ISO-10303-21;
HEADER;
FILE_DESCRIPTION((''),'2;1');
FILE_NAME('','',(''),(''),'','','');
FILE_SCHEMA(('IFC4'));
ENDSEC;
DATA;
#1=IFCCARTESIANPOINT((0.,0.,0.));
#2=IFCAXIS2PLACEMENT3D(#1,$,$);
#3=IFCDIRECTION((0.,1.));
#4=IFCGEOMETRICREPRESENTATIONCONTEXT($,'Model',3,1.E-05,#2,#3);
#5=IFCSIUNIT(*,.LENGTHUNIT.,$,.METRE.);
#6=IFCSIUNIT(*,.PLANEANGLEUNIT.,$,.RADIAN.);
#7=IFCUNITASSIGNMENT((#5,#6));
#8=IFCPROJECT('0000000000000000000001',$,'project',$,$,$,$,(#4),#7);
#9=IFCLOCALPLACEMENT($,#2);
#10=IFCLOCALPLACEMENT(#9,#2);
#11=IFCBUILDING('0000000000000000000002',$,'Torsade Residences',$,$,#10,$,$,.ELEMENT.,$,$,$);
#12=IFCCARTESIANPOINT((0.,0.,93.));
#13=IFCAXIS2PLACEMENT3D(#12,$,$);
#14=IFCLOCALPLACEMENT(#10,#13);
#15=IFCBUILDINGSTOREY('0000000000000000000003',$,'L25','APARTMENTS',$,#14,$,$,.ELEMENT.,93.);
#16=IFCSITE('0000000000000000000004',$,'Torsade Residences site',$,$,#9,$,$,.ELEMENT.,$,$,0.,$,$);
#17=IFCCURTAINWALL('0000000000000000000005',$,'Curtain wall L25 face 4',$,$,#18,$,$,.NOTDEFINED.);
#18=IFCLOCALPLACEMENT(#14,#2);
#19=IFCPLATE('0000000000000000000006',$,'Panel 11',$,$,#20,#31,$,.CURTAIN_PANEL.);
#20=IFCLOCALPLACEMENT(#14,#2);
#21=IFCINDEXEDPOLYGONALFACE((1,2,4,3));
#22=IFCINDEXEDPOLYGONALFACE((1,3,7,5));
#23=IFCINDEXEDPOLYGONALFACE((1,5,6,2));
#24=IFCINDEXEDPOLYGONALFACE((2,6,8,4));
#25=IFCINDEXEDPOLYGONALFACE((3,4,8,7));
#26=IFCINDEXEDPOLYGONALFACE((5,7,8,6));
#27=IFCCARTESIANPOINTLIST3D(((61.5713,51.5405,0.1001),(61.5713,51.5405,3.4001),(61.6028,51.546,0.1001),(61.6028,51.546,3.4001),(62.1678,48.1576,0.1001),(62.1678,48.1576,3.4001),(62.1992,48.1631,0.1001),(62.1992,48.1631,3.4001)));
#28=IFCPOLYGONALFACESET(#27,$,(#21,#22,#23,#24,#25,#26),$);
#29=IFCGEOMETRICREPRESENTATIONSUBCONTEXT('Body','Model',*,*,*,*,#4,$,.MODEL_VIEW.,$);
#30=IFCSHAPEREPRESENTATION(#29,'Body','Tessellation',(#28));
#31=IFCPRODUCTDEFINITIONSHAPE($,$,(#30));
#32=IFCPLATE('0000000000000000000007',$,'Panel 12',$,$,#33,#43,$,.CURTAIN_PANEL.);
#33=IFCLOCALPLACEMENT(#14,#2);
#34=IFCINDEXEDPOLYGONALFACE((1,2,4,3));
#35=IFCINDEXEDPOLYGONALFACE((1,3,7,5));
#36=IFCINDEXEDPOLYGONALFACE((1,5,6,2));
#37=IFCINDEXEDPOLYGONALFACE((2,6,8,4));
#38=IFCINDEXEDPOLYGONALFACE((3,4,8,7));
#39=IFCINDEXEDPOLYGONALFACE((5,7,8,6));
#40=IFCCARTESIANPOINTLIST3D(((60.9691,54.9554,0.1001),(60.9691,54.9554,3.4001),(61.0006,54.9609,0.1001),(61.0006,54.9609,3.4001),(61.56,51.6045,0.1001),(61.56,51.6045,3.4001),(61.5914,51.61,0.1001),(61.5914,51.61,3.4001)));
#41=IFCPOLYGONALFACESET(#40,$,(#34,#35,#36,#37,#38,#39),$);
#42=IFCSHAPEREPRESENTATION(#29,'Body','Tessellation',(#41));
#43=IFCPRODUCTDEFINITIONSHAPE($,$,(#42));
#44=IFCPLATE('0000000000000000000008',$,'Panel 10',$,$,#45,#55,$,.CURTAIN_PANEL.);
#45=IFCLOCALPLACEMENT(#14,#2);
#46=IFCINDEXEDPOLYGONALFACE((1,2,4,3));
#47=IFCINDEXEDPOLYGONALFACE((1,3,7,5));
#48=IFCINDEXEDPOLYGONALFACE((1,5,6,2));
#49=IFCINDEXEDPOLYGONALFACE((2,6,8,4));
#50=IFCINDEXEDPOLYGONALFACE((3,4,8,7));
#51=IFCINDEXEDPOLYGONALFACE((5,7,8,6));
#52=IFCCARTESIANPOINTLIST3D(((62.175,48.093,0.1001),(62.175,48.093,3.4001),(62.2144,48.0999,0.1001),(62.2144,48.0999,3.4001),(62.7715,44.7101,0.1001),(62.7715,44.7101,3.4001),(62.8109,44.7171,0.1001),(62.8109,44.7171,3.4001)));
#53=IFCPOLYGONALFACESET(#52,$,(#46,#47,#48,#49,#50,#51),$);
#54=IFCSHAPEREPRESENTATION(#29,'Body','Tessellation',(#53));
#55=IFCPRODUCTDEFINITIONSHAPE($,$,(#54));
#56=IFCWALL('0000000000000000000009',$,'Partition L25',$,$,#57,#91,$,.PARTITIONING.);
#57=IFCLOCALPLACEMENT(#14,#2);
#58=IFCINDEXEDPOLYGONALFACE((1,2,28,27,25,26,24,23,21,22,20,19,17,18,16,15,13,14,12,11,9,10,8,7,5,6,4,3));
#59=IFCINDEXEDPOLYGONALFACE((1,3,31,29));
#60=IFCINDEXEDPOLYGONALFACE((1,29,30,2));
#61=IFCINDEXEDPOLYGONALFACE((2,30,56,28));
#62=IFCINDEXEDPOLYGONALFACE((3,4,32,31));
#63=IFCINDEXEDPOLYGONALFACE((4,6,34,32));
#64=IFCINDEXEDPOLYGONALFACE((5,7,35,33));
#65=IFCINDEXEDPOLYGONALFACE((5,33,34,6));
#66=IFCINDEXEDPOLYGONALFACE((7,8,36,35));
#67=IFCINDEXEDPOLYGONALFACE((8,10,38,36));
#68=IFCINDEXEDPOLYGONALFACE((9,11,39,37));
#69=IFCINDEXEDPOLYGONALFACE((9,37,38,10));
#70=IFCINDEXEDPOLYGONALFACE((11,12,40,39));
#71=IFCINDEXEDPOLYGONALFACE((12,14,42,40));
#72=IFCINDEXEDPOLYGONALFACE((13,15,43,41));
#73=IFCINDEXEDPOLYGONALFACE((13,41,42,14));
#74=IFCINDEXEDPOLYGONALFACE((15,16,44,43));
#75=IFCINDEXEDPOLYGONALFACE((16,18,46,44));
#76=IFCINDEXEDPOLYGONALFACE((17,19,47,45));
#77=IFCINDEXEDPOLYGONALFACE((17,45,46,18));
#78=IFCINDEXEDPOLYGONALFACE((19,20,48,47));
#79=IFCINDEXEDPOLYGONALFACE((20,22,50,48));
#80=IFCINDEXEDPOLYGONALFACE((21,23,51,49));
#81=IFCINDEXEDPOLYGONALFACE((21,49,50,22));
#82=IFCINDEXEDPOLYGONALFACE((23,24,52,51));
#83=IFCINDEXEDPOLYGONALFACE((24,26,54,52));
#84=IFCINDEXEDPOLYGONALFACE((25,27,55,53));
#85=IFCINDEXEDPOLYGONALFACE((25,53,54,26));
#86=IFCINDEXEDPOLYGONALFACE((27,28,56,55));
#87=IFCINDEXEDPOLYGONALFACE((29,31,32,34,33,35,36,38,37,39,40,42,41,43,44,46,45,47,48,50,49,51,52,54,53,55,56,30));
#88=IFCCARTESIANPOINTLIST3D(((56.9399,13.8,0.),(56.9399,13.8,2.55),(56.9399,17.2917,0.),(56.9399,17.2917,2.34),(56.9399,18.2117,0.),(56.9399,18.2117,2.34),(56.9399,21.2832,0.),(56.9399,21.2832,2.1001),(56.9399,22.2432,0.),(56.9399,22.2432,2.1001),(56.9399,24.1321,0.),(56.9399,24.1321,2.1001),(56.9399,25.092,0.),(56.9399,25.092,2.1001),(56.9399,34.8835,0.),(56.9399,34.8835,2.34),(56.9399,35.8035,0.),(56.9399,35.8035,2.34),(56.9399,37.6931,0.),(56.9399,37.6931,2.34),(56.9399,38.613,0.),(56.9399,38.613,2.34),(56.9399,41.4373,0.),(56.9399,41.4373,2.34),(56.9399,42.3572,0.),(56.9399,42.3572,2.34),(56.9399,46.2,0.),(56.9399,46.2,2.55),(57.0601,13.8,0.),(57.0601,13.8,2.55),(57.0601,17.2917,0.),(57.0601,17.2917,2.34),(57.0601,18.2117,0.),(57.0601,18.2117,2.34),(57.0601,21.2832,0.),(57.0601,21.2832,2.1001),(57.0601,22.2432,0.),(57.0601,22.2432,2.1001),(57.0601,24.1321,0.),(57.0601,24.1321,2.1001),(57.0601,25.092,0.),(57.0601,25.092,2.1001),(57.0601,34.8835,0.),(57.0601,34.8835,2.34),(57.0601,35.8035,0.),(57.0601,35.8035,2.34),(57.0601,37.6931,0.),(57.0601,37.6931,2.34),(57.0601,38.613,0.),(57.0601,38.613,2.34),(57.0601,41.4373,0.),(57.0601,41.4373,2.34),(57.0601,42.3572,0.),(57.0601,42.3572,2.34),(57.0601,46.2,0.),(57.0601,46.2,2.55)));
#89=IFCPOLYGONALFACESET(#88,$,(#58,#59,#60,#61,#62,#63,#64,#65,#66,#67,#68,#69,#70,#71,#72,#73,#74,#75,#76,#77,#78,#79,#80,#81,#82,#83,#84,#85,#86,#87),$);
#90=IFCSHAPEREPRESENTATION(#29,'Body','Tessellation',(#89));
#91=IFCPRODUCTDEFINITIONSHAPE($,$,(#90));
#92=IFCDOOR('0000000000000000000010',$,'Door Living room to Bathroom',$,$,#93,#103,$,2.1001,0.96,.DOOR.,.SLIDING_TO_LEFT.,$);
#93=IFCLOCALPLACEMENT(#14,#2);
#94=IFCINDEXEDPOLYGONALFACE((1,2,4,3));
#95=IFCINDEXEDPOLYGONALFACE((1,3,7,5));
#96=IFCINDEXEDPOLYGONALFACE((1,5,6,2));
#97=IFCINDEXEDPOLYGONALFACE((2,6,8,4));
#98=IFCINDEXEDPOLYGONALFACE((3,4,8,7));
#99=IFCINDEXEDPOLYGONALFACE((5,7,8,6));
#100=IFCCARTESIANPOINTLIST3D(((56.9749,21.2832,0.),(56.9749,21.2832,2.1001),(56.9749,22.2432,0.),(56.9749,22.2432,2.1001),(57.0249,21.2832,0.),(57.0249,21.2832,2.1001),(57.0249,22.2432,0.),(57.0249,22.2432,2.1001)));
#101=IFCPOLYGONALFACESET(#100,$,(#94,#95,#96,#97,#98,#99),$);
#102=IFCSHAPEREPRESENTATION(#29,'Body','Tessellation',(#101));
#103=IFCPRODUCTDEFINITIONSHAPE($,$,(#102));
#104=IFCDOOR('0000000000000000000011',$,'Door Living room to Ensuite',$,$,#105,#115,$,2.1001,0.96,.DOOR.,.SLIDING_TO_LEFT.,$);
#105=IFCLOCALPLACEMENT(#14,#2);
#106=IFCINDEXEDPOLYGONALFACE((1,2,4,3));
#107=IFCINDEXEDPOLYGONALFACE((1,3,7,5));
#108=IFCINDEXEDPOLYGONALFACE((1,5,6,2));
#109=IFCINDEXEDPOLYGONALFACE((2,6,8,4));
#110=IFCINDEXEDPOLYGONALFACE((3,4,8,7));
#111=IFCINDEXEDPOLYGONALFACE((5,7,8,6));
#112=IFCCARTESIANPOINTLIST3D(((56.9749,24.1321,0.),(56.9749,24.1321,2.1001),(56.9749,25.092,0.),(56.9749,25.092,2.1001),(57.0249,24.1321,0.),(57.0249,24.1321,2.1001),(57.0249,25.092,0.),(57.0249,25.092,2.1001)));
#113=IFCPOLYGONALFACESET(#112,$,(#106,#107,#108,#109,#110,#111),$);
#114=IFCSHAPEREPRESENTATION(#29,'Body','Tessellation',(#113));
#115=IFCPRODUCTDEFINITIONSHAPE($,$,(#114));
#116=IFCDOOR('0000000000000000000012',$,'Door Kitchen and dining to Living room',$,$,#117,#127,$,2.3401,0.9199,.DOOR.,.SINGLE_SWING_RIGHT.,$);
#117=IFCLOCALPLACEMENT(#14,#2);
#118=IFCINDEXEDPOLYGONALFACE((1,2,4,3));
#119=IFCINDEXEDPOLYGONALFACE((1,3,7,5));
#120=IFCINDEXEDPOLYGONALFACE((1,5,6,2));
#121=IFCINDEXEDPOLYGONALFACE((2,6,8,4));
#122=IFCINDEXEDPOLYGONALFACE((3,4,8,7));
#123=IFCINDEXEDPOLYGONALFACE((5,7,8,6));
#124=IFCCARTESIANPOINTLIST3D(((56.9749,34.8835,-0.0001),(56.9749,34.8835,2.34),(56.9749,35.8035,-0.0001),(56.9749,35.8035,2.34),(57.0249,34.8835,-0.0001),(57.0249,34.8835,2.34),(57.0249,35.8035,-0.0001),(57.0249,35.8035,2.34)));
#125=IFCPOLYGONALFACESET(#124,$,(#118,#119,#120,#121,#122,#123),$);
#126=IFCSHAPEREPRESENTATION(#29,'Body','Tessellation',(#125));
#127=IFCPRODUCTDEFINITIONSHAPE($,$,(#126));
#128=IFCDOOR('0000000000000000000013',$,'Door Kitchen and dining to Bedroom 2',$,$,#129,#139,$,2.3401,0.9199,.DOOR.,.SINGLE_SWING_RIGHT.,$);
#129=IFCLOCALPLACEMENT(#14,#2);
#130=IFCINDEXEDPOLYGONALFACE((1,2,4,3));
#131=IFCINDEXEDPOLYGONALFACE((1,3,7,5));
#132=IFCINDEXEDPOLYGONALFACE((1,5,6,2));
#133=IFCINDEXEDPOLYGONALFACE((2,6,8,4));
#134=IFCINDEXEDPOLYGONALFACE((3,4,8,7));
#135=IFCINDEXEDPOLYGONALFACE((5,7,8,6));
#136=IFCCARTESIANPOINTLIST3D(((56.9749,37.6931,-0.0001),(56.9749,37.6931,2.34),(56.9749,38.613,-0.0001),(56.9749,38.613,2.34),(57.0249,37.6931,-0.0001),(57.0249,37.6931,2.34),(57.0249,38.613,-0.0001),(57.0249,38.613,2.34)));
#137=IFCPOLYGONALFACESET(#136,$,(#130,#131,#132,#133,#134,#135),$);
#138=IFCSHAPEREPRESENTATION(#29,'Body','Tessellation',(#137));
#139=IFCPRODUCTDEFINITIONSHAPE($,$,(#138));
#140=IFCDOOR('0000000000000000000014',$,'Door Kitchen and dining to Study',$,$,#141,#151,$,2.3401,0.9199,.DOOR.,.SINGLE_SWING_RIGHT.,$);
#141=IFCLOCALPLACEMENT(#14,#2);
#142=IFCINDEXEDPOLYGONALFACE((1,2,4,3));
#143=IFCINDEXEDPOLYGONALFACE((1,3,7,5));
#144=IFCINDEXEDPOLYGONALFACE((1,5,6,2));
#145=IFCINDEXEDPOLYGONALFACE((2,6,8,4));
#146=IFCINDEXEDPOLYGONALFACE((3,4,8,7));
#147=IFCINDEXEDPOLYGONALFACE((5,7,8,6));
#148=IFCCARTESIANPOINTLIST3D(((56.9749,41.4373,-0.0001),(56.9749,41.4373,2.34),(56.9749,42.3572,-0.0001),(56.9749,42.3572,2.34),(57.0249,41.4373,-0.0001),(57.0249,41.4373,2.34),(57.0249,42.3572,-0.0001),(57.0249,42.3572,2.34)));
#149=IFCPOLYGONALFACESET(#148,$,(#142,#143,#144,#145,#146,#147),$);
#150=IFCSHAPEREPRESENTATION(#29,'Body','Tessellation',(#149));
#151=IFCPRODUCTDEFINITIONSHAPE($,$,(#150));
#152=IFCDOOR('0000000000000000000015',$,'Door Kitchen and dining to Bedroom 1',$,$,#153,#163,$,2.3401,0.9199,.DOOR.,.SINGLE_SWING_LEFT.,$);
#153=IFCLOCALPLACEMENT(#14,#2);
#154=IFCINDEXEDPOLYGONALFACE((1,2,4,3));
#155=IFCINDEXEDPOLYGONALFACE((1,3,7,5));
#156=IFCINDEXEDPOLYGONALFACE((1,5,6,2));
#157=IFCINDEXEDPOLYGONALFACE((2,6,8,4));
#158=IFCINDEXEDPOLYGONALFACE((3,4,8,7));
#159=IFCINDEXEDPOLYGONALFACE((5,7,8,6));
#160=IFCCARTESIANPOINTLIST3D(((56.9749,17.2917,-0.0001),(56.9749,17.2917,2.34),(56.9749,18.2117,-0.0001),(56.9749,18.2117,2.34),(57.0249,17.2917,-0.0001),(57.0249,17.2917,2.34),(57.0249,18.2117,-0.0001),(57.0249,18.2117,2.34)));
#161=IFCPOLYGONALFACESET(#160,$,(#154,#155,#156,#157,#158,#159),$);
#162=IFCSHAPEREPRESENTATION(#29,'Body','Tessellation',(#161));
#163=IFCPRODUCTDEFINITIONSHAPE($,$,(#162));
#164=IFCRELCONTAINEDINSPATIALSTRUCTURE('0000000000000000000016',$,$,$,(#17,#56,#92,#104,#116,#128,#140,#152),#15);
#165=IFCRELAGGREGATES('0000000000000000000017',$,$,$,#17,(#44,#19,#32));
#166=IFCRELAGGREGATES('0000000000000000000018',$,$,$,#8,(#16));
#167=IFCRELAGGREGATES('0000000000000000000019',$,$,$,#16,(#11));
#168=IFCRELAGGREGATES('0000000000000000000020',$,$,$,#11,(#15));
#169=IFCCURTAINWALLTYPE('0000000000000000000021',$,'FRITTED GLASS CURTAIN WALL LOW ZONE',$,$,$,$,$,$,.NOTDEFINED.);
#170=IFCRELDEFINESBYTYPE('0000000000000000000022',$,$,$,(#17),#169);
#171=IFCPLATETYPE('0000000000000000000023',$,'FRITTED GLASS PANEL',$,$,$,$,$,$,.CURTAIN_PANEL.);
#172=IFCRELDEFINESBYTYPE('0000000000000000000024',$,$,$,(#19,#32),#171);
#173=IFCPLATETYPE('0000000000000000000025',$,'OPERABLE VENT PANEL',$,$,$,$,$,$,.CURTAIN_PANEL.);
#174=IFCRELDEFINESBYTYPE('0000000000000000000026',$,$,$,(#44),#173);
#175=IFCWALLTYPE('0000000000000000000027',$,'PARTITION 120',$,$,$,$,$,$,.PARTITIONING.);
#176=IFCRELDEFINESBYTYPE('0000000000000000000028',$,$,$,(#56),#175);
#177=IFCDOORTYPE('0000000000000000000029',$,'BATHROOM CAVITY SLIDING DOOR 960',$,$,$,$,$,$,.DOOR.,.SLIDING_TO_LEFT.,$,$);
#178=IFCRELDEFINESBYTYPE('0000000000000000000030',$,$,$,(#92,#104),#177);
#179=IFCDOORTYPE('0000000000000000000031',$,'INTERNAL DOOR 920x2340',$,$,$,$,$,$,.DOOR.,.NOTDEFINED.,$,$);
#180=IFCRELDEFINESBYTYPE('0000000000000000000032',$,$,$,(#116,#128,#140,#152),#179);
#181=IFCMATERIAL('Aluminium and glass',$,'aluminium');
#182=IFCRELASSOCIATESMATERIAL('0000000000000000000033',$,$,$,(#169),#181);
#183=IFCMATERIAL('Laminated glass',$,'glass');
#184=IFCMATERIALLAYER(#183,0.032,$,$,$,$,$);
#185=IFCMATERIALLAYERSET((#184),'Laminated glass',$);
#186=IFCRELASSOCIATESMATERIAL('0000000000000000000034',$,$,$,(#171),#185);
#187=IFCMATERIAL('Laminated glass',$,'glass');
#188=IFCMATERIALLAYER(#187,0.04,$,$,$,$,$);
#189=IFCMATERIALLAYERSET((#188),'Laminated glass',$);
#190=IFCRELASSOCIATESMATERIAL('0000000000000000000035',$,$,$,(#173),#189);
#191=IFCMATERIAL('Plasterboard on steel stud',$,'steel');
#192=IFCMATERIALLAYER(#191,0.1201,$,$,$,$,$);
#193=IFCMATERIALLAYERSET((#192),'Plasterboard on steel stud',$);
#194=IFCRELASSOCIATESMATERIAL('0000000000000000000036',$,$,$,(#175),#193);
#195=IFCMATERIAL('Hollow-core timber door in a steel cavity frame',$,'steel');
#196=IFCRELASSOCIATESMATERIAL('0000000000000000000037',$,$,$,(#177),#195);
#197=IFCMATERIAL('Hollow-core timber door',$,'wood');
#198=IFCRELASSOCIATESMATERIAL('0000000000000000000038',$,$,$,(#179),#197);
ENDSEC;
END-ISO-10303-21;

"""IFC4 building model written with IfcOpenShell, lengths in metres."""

from ifc_helpers import new_model, si_unit, direction, frame, frame_2d, origin, origin_2d, place, context, subcontext, project, spatial, rectangle, extrude, material, layer, layer_set, type_object, element, fill, aggregate, save


model = new_model("IFC4")

# Units and contexts
model_context = context("Model", 3, precision=1e-05, world=origin(), true_north=direction((0.0, 1.0)))
body_context = subcontext(model_context, "Body", "Model", "MODEL_VIEW")
ifc_project = project(units=[si_unit("LENGTHUNIT", "METRE"), si_unit("PLANEANGLEUNIT", "RADIAN")], contexts=[model_context])

# Site, building, storey
site_placement = place(None, origin())
site = spatial("IfcSite", under=ifc_project, at=site_placement, Name="Torsade Residences site", CompositionType="ELEMENT", RefElevation=0.0)
building_placement = place(site_placement, origin())
building = spatial("IfcBuilding", under=site, at=building_placement, Name="Torsade Residences", CompositionType="ELEMENT")
storey_placement = place(building_placement, frame((0.0, 0.0, 93.0)))
storey = spatial("IfcBuildingStorey", under=building, at=storey_placement, Name="L25", Description="APARTMENTS", CompositionType="ELEMENT", Elevation=93.0)

# Curtain wall
ifc_material_1 = material(Name="Aluminium and glass", Category="aluminium")
curtain_wall_type = type_object("IfcCurtainWallType", Name="FRITTED GLASS CURTAIN WALL LOW ZONE", PredefinedType="NOTDEFINED", material=ifc_material_1)
curtain_wall_placement = place(storey_placement, origin())
curtain_wall = element("IfcCurtainWall", 1, at=curtain_wall_placement, inside=storey, type_object=curtain_wall_type, Name="Curtain wall L25 face 4", PredefinedType="NOTDEFINED")

# Plates
ifc_material_2 = material(Name="Laminated glass", Category="glass")
ifc_layer_1 = layer(ifc_material_2, 0.032)
ifc_layer_set_1 = layer_set([ifc_layer_1], Name="Laminated glass")
plate_type_1 = type_object("IfcPlateType", Name="FRITTED GLASS PANEL", PredefinedType="CURTAIN_PANEL", material=ifc_layer_set_1)
plate_1_placement = place(storey_placement, frame((61.8853, 49.8518, 0.1001), z_axis=(0.0, 0.0, 1.0), x_axis=(-0.173648, 0.984808, 0.0)))
plate_1 = element("IfcPlate", 2, at=plate_1_placement, type_object=plate_type_1, Name="Panel 11", PredefinedType="CURTAIN_PANEL", context=body_context, shape_type="SweptSolid", body=[
    extrude(rectangle(XDim=3.4351, YDim=0.032, at=origin_2d()), origin(), (0.0, 0.0, 1.0), 3.3),
])
plate_2_placement = place(storey_placement, frame((61.2803, 53.2827, 0.1001), z_axis=(0.0, 0.0, 1.0), x_axis=(-0.173648, 0.984808, 0.0)))
plate_2 = element("IfcPlate", 3, at=plate_2_placement, type_object=plate_type_1, Name="Panel 12", PredefinedType="CURTAIN_PANEL", context=body_context, shape_type="SweptSolid", body=[
    extrude(rectangle(XDim=3.4026, YDim=0.032, at=origin_2d()), origin(), (0.0, 0.0, 1.0), 3.3),
])
ifc_material_3 = material(Name="Laminated glass", Category="glass")
ifc_layer_2 = layer(ifc_material_3, 0.04)
ifc_layer_set_2 = layer_set([ifc_layer_2], Name="Laminated glass")
plate_type_2 = type_object("IfcPlateType", Name="OPERABLE VENT PANEL", PredefinedType="CURTAIN_PANEL", material=ifc_layer_set_2)
plate_3_placement = place(storey_placement, frame((62.4929, 46.405, 0.1001), z_axis=(0.0, 0.0, 1.0), x_axis=(-0.173648, 0.984808, 0.0)))
plate_3 = element("IfcPlate", 4, at=plate_3_placement, type_object=plate_type_2, Name="Panel 10", PredefinedType="CURTAIN_PANEL", context=body_context, shape_type="SweptSolid", body=[
    extrude(rectangle(XDim=3.4351, YDim=0.04, at=origin_2d()), origin(), (0.0, 0.0, 1.0), 3.3),
])
aggregate(curtain_wall, [plate_3, plate_1, plate_2])

# Wall, openings, doors
ifc_material_4 = material(Name="Plasterboard on steel stud", Category="steel")
ifc_layer_3 = layer(ifc_material_4, 0.1201)
ifc_layer_set_3 = layer_set([ifc_layer_3], Name="Plasterboard on steel stud")
wall_type = type_object("IfcWallType", Name="PARTITION 120", PredefinedType="PARTITIONING", material=ifc_layer_set_3)
wall_1_placement = place(storey_placement, frame((57.0, 46.2, 0.0), z_axis=(0.0, 0.0, 1.0), x_axis=(0.0, -1.0, 0.0)))
wall_1 = element("IfcWall", 5, at=wall_1_placement, inside=storey, type_object=wall_type, Name="Partition L25", PredefinedType="PARTITIONING", context=body_context, shape_type="SweptSolid", body=[
    extrude(rectangle(XDim=32.3999, YDim=0.1201, at=frame_2d((16.2, 0.0))), origin(), (0.0, 0.0, 1.0), 2.55),
])
opening_1_placement = place(wall_1_placement, frame((10.3965, 0.0, 0.0)))
opening_1 = element("IfcOpeningElement", 6, at=opening_1_placement, cuts=wall_1, PredefinedType="OPENING", context=body_context, shape_type="SweptSolid", body=[
    extrude(rectangle(XDim=0.9199, YDim=2.3401, at=frame_2d((0.46, 1.1699))), frame((0.0, 0.0701, 0.0), z_axis=(0.0, -1.0, 0.0), x_axis=(1.0, 0.0, 0.0)), (0.0, 0.0, 1.0), 0.1401),
])
opening_2_placement = place(wall_1_placement, frame((7.5869, 0.0, 0.0)))
opening_2 = element("IfcOpeningElement", 7, at=opening_2_placement, cuts=wall_1, PredefinedType="OPENING", context=body_context, shape_type="SweptSolid", body=[
    extrude(rectangle(XDim=0.9199, YDim=2.3401, at=frame_2d((0.46, 1.1699))), frame((0.0, 0.0701, 0.0), z_axis=(0.0, -1.0, 0.0), x_axis=(1.0, 0.0, 0.0)), (0.0, 0.0, 1.0), 0.1401),
])
opening_3_placement = place(wall_1_placement, frame((3.8428, 0.0, 0.0)))
opening_3 = element("IfcOpeningElement", 8, at=opening_3_placement, cuts=wall_1, PredefinedType="OPENING", context=body_context, shape_type="SweptSolid", body=[
    extrude(rectangle(XDim=0.9199, YDim=2.3401, at=frame_2d((0.46, 1.1699))), frame((0.0, 0.0701, 0.0), z_axis=(0.0, -1.0, 0.0), x_axis=(1.0, 0.0, 0.0)), (0.0, 0.0, 1.0), 0.1401),
])
opening_4_placement = place(wall_1_placement, frame((27.9883, 0.0, 0.0)))
opening_4 = element("IfcOpeningElement", 9, at=opening_4_placement, cuts=wall_1, PredefinedType="OPENING", context=body_context, shape_type="SweptSolid", body=[
    extrude(rectangle(XDim=0.9199, YDim=2.3401, at=frame_2d((0.46, 1.1699))), frame((0.0, 0.0701, 0.0), z_axis=(0.0, -1.0, 0.0), x_axis=(1.0, 0.0, 0.0)), (0.0, 0.0, 1.0), 0.1401),
])
opening_5_placement = place(wall_1_placement, frame((23.9568, 0.0, 0.0)))
opening_5 = element("IfcOpeningElement", 10, at=opening_5_placement, cuts=wall_1, PredefinedType="OPENING", context=body_context, shape_type="SweptSolid", body=[
    extrude(rectangle(XDim=0.96, YDim=2.1001, at=frame_2d((0.48, 1.05))), frame((0.0, 0.0701, 0.0), z_axis=(0.0, -1.0, 0.0), x_axis=(1.0, 0.0, 0.0)), (0.0, 0.0, 1.0), 0.1401),
])
opening_6_placement = place(wall_1_placement, frame((21.1079, 0.0, 0.0)))
opening_6 = element("IfcOpeningElement", 11, at=opening_6_placement, cuts=wall_1, PredefinedType="OPENING", context=body_context, shape_type="SweptSolid", body=[
    extrude(rectangle(XDim=0.96, YDim=2.1001, at=frame_2d((0.48, 1.05))), frame((0.0, 0.0701, 0.0), z_axis=(0.0, -1.0, 0.0), x_axis=(1.0, 0.0, 0.0)), (0.0, 0.0, 1.0), 0.1401),
])
ifc_material_5 = material(Name="Hollow-core timber door in a steel cavity frame", Category="steel")
door_type_1 = type_object("IfcDoorType", Name="BATHROOM CAVITY SLIDING DOOR 960", OperationType="SLIDING_TO_LEFT", PredefinedType="DOOR", material=ifc_material_5)
door_1_placement = place(opening_5_placement, origin())
door_1 = element("IfcDoor", 12, at=door_1_placement, inside=storey, type_object=door_type_1, Name="Door Living room to Bathroom", OperationType="SLIDING_TO_LEFT", OverallHeight=2.1001, OverallWidth=0.96, PredefinedType="DOOR", context=body_context, shape_type="SweptSolid", body=[
    extrude(rectangle(XDim=0.96, YDim=2.1001, at=frame_2d((0.48, 1.05))), frame((0.0, 0.0249, 0.0), z_axis=(0.0, -1.0, 0.0), x_axis=(1.0, 0.0, 0.0)), (0.0, 0.0, 1.0), 0.05),
])
fill(opening_5, door_1)
door_2_placement = place(opening_6_placement, origin())
door_2 = element("IfcDoor", 13, at=door_2_placement, inside=storey, type_object=door_type_1, Name="Door Living room to Ensuite", OperationType="SLIDING_TO_LEFT", OverallHeight=2.1001, OverallWidth=0.96, PredefinedType="DOOR", context=body_context, shape_type="SweptSolid", body=[
    extrude(rectangle(XDim=0.96, YDim=2.1001, at=frame_2d((0.48, 1.05))), frame((0.0, 0.0249, 0.0), z_axis=(0.0, -1.0, 0.0), x_axis=(1.0, 0.0, 0.0)), (0.0, 0.0, 1.0), 0.05),
])
fill(opening_6, door_2)
ifc_material_6 = material(Name="Hollow-core timber door", Category="wood")
door_type_2 = type_object("IfcDoorType", Name="INTERNAL DOOR 920x2340", OperationType="NOTDEFINED", PredefinedType="DOOR", material=ifc_material_6)
door_3_placement = place(opening_1_placement, origin())
door_3 = element("IfcDoor", 14, at=door_3_placement, inside=storey, type_object=door_type_2, Name="Door Kitchen and dining to Living room", OperationType="SINGLE_SWING_RIGHT", OverallHeight=2.3401, OverallWidth=0.9199, PredefinedType="DOOR", context=body_context, shape_type="SweptSolid", body=[
    extrude(rectangle(XDim=0.9199, YDim=2.3401, at=frame_2d((0.46, 1.1699))), frame((0.0, 0.0249, 0.0), z_axis=(0.0, -1.0, 0.0), x_axis=(1.0, 0.0, 0.0)), (0.0, 0.0, 1.0), 0.05),
])
fill(opening_1, door_3)
door_4_placement = place(opening_2_placement, origin())
door_4 = element("IfcDoor", 15, at=door_4_placement, inside=storey, type_object=door_type_2, Name="Door Kitchen and dining to Bedroom 2", OperationType="SINGLE_SWING_RIGHT", OverallHeight=2.3401, OverallWidth=0.9199, PredefinedType="DOOR", context=body_context, shape_type="SweptSolid", body=[
    extrude(rectangle(XDim=0.9199, YDim=2.3401, at=frame_2d((0.46, 1.1699))), frame((0.0, 0.0249, 0.0), z_axis=(0.0, -1.0, 0.0), x_axis=(1.0, 0.0, 0.0)), (0.0, 0.0, 1.0), 0.05),
])
fill(opening_2, door_4)
door_5_placement = place(opening_3_placement, origin())
door_5 = element("IfcDoor", 16, at=door_5_placement, inside=storey, type_object=door_type_2, Name="Door Kitchen and dining to Study", OperationType="SINGLE_SWING_RIGHT", OverallHeight=2.3401, OverallWidth=0.9199, PredefinedType="DOOR", context=body_context, shape_type="SweptSolid", body=[
    extrude(rectangle(XDim=0.9199, YDim=2.3401, at=frame_2d((0.46, 1.1699))), frame((0.0, 0.0249, 0.0), z_axis=(0.0, -1.0, 0.0), x_axis=(1.0, 0.0, 0.0)), (0.0, 0.0, 1.0), 0.05),
])
fill(opening_3, door_5)
door_6_placement = place(opening_4_placement, origin())
door_6 = element("IfcDoor", 17, at=door_6_placement, inside=storey, type_object=door_type_2, Name="Door Kitchen and dining to Bedroom 1", OperationType="SINGLE_SWING_LEFT", OverallHeight=2.3401, OverallWidth=0.9199, PredefinedType="DOOR", context=body_context, shape_type="SweptSolid", body=[
    extrude(rectangle(XDim=0.9199, YDim=2.3401, at=frame_2d((0.46, 1.1699))), frame((0.0, 0.0249, 0.0), z_axis=(0.0, -1.0, 0.0), x_axis=(1.0, 0.0, 0.0)), (0.0, 0.0, 1.0), 0.05),
])
fill(opening_4, door_6)

save(model, "model.ifc")
